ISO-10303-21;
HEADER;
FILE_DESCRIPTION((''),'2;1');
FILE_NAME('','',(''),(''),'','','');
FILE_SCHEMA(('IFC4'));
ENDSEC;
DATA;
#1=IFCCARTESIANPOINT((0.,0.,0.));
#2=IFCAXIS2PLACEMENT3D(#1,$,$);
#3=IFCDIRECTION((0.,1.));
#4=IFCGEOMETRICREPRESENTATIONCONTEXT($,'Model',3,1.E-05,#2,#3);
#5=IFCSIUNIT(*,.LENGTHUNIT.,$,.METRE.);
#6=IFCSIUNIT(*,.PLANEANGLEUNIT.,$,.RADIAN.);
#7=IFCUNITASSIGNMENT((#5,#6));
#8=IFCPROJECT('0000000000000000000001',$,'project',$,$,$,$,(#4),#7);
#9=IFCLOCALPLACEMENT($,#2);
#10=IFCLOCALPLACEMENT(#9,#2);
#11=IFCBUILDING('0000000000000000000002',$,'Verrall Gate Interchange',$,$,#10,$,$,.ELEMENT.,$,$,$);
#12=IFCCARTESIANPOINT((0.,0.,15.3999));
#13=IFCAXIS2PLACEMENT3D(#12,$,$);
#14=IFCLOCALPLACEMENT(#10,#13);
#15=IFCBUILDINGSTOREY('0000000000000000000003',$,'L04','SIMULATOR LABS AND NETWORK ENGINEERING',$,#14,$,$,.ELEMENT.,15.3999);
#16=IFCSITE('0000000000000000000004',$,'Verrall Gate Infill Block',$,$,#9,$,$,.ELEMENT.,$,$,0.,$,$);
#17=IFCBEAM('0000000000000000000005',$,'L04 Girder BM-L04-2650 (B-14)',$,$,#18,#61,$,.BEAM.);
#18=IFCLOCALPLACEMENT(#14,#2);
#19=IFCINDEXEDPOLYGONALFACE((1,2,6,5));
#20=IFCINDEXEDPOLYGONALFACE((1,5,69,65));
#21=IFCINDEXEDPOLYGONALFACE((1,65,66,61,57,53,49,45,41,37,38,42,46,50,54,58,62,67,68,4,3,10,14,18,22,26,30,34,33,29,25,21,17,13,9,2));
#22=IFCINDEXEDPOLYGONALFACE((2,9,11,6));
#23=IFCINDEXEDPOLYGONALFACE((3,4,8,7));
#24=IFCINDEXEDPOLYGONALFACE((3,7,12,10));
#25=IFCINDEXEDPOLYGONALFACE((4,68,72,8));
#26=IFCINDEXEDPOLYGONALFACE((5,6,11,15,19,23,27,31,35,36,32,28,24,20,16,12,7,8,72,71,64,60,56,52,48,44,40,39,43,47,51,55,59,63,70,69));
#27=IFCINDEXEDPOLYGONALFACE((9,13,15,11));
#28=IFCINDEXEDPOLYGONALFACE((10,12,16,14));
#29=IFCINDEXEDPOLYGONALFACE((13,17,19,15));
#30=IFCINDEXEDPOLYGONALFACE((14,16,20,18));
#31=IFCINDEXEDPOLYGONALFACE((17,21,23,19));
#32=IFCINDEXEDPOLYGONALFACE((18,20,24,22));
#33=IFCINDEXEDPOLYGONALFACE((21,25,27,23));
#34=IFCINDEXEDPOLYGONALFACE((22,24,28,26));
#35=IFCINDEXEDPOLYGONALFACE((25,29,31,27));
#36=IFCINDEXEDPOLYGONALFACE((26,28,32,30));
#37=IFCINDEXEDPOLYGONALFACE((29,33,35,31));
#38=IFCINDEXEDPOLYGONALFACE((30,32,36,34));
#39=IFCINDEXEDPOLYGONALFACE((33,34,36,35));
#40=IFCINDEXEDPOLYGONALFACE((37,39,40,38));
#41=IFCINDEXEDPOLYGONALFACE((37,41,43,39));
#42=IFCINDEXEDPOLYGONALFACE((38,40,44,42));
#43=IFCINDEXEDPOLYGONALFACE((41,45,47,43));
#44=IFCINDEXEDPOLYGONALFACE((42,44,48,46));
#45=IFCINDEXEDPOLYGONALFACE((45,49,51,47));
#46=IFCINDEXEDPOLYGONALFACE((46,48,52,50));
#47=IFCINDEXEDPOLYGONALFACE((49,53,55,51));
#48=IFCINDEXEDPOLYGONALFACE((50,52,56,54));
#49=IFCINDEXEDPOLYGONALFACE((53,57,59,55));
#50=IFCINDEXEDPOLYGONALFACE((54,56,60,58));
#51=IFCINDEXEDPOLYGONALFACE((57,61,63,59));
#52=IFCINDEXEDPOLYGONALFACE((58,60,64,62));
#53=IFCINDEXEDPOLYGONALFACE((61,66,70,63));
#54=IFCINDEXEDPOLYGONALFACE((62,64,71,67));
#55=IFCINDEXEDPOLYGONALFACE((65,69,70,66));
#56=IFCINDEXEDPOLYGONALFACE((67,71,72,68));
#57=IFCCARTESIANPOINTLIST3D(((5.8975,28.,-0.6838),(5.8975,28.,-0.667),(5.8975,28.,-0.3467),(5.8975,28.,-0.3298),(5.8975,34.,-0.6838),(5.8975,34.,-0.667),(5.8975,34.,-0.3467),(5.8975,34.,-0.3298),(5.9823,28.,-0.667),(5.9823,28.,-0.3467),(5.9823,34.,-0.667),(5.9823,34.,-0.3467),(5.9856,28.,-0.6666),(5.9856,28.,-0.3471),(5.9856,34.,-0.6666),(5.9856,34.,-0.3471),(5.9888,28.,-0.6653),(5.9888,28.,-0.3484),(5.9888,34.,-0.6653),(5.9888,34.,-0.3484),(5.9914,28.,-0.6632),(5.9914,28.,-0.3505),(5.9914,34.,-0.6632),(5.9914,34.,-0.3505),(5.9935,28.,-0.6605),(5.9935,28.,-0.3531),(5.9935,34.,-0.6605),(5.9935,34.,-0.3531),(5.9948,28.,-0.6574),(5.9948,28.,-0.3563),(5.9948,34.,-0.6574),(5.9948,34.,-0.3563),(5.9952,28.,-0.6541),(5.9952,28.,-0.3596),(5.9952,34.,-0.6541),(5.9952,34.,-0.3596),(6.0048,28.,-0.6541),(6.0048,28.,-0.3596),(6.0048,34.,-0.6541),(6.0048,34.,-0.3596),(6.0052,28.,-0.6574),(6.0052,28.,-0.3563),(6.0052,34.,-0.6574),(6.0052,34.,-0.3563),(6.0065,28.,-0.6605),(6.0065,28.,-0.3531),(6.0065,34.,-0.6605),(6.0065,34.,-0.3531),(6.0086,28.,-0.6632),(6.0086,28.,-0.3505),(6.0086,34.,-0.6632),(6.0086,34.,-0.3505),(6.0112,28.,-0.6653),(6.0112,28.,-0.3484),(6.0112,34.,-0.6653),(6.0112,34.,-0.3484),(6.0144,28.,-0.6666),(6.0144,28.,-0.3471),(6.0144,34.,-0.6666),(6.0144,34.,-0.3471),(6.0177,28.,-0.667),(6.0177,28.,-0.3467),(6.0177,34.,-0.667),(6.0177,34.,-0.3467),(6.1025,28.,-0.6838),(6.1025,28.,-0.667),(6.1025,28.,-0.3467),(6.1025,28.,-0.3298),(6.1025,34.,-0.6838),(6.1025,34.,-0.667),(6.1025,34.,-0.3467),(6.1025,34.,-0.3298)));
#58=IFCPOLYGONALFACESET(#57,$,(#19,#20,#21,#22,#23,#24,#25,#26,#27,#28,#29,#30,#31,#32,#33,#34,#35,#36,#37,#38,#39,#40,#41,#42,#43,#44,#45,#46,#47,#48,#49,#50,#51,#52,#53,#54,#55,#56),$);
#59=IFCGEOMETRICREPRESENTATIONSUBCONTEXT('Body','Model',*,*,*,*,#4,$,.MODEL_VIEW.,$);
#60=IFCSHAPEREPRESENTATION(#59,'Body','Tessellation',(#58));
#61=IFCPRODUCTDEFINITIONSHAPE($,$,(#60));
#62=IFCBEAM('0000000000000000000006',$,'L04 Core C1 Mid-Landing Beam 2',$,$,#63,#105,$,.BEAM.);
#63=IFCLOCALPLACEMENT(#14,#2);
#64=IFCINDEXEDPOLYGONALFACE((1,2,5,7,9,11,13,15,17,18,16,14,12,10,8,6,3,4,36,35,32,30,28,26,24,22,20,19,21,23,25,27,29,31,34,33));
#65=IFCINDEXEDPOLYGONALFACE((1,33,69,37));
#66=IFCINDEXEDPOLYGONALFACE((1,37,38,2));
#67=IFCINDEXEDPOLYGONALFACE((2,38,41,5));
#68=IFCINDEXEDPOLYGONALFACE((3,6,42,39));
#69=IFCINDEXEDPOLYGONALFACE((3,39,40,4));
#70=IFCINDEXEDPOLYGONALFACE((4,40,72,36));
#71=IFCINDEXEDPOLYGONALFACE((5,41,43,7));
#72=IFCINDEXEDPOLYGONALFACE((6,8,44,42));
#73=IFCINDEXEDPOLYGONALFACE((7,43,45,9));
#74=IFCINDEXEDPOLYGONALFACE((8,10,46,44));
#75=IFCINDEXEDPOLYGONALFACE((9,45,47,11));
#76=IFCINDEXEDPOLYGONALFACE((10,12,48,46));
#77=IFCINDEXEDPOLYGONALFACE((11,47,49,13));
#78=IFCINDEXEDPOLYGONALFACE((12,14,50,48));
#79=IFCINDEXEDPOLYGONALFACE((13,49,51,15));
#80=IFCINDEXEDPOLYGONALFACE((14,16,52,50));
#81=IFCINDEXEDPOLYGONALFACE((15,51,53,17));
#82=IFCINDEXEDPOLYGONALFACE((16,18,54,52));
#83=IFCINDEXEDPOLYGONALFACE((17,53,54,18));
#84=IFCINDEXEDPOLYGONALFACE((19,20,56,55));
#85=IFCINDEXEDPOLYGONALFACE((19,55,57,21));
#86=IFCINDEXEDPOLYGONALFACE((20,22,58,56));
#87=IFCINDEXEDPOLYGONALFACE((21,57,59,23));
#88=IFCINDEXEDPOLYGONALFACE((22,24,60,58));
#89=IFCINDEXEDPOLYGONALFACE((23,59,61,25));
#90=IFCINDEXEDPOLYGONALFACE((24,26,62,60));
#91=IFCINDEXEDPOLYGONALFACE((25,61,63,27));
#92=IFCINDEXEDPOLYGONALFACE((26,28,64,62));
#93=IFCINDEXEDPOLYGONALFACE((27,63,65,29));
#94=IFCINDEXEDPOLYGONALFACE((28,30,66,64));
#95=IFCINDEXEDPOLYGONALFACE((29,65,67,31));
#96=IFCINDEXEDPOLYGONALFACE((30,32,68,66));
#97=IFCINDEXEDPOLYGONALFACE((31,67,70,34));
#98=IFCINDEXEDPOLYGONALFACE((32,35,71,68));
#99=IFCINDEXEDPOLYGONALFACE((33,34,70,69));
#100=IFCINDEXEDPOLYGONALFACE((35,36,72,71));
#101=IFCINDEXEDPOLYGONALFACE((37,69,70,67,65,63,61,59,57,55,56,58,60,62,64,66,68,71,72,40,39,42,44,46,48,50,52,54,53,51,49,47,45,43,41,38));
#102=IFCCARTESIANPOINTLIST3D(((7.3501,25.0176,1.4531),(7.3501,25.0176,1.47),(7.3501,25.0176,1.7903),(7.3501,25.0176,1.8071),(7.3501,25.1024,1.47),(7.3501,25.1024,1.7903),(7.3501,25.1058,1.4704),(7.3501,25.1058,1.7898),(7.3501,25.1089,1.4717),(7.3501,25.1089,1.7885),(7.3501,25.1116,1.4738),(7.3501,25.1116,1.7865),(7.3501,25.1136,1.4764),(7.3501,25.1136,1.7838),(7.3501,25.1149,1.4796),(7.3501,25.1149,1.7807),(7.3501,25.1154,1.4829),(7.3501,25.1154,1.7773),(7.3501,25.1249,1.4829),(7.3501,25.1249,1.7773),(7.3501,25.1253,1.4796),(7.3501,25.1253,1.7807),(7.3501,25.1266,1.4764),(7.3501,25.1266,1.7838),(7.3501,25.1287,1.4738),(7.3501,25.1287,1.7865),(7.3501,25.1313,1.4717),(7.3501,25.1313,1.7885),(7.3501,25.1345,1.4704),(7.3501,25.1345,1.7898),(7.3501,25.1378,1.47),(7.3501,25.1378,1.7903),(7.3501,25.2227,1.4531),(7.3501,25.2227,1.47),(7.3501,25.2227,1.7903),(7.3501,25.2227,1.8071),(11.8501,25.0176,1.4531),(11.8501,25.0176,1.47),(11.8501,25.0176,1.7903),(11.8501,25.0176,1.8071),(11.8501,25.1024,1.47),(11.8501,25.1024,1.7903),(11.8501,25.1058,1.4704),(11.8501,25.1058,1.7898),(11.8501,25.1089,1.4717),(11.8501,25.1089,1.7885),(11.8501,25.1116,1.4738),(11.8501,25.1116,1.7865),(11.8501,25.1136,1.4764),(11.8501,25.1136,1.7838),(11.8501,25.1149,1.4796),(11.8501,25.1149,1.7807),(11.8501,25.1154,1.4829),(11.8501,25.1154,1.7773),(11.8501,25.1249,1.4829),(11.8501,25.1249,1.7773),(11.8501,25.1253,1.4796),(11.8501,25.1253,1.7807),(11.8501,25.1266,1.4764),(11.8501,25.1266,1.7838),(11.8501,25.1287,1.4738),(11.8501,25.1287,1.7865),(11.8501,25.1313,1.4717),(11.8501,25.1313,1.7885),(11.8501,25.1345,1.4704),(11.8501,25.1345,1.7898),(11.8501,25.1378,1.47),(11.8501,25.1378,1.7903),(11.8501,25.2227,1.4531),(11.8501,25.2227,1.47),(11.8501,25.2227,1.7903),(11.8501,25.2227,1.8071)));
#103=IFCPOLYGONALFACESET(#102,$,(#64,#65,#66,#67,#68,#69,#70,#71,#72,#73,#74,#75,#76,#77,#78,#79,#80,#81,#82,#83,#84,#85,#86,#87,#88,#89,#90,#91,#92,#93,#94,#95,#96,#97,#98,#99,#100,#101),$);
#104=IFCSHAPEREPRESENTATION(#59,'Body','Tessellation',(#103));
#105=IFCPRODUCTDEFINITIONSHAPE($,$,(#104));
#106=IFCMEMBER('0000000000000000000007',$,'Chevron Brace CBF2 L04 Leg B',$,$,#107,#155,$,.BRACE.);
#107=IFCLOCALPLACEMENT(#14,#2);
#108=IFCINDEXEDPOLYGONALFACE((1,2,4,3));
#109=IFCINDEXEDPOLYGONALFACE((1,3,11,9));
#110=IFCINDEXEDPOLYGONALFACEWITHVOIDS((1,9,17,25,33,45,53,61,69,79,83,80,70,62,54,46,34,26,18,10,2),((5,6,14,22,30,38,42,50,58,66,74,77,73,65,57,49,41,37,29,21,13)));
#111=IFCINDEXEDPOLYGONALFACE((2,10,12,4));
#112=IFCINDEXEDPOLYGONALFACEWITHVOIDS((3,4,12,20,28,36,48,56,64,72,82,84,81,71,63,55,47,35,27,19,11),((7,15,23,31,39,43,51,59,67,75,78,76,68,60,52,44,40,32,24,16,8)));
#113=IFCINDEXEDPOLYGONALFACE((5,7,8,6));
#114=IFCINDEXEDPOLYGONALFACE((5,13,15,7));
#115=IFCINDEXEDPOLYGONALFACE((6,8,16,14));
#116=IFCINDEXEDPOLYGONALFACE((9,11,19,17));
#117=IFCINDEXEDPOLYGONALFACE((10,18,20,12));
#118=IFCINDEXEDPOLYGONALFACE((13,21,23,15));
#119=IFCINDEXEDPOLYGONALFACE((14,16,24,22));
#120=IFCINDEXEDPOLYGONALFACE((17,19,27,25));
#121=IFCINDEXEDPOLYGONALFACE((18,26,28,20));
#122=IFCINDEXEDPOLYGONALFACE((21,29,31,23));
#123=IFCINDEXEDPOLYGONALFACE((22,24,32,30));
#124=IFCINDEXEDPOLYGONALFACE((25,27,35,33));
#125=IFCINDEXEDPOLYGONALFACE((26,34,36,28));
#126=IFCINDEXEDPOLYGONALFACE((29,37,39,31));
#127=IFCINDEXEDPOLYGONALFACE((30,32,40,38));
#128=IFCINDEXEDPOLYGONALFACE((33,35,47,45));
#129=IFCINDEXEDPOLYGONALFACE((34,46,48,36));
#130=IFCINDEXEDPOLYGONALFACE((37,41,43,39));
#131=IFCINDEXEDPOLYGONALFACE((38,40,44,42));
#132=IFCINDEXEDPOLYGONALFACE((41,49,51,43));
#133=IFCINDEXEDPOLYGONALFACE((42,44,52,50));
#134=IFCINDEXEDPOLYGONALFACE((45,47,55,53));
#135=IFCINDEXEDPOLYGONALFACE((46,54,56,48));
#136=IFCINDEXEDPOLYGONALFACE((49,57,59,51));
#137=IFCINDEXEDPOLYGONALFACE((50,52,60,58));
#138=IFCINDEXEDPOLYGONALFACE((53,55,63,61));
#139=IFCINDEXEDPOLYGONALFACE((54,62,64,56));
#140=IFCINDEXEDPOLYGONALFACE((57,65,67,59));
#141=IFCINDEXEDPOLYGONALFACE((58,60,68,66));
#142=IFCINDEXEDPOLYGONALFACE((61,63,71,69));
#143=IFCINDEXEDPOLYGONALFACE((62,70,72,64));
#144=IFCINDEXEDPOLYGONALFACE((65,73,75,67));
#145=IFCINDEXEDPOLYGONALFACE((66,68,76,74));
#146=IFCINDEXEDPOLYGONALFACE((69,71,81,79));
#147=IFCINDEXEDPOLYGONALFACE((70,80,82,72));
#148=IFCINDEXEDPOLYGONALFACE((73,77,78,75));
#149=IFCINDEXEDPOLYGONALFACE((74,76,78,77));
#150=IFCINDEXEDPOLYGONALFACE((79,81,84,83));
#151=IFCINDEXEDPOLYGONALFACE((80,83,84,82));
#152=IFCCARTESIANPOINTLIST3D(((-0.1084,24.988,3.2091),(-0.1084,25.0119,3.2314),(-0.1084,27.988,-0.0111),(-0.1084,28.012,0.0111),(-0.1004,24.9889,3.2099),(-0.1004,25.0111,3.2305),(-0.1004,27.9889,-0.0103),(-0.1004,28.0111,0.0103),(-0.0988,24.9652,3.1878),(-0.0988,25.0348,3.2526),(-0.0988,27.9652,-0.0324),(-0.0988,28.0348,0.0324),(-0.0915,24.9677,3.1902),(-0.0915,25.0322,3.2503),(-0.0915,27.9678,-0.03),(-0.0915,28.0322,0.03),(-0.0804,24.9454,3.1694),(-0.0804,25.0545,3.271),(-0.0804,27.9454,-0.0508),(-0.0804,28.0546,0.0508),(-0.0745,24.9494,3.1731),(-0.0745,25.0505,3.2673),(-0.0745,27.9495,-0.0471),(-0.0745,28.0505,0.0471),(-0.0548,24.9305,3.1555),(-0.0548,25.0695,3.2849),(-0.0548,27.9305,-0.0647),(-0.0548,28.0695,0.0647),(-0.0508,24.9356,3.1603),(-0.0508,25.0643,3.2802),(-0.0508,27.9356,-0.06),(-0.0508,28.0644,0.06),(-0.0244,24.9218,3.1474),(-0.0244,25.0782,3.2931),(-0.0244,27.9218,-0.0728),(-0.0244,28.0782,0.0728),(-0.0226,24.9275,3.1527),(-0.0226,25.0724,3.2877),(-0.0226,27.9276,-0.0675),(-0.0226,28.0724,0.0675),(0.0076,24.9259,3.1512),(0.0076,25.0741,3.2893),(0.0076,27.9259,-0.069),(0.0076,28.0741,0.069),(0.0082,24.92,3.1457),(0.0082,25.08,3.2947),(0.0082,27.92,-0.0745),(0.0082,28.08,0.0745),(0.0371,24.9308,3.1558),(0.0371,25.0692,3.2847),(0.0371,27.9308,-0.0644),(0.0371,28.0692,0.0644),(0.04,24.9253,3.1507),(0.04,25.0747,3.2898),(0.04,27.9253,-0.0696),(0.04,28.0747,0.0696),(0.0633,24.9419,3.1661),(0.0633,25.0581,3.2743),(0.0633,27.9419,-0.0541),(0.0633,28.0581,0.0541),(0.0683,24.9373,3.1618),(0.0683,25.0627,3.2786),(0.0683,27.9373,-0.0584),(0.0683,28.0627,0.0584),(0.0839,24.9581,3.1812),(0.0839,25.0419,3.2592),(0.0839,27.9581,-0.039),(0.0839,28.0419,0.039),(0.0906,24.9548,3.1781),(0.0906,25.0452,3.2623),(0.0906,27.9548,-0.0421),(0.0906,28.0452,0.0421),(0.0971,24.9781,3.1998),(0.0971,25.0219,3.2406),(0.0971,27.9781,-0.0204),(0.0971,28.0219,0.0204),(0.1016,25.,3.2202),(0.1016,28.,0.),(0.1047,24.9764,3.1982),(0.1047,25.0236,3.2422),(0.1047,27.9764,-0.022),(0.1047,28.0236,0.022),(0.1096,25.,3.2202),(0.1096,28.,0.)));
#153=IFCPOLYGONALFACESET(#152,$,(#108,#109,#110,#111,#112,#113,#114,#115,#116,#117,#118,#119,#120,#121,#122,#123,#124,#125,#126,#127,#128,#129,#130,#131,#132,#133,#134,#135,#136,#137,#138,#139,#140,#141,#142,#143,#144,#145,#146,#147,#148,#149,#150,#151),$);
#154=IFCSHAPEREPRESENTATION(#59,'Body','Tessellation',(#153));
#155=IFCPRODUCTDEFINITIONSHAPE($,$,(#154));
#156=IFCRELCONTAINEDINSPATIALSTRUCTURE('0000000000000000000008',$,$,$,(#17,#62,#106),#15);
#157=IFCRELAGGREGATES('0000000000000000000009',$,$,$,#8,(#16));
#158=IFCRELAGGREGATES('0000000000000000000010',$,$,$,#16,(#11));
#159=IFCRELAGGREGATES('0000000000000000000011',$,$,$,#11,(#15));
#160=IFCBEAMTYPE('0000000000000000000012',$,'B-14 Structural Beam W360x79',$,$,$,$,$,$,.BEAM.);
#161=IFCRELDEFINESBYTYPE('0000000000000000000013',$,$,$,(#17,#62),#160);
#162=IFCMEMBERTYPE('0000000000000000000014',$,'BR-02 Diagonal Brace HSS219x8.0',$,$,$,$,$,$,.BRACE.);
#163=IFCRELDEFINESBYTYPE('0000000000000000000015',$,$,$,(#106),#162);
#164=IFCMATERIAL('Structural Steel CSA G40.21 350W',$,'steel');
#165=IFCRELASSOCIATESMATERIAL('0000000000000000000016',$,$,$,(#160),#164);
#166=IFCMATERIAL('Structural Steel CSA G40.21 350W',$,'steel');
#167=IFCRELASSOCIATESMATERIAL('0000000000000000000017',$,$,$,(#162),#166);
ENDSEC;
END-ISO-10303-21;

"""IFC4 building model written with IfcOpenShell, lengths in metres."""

from ifc_helpers import new_model, si_unit, direction, frame, origin, origin_2d, place, context, subcontext, project, spatial, hollow_circle, i_section, extrude, material, material_profile, profile_set, type_object, element, save


model = new_model("IFC4")

# Units and contexts
model_context = context("Model", 3, precision=1e-05, world=origin(), true_north=direction((0.0, 1.0)))
body_context = subcontext(model_context, "Body", "Model", "MODEL_VIEW")
ifc_project = project(units=[si_unit("LENGTHUNIT", "METRE"), si_unit("PLANEANGLEUNIT", "RADIAN")], contexts=[model_context])

# Site, building, storey
site_placement = place(None, origin())
site = spatial("IfcSite", under=ifc_project, at=site_placement, Name="Verrall Gate Infill Block", CompositionType="ELEMENT", RefElevation=0.0)
building_placement = place(site_placement, origin())
building = spatial("IfcBuilding", under=site, at=building_placement, Name="Verrall Gate Interchange", CompositionType="ELEMENT")
storey_placement = place(building_placement, frame((0.0, 0.0, 15.3999)))
storey = spatial("IfcBuildingStorey", under=building, at=storey_placement, Name="L04", Description="SIMULATOR LABS AND NETWORK ENGINEERING", CompositionType="ELEMENT", Elevation=15.3999)

# Beams
ifc_material_1 = material(Name="Structural Steel CSA G40.21 350W", Category="steel")
ifc_material_profile_1 = material_profile(ifc_material_1, i_section(OverallWidth=0.2051, OverallDepth=0.354, WebThickness=0.0095, FlangeThickness=0.0168, FilletRadius=0.0129, at=origin_2d()), Name="W360x79")
ifc_profile_set_1 = profile_set([ifc_material_profile_1], Name="Structural Steel CSA G40.21 350W")
beam_type_1 = type_object("IfcBeamType", Name="B-14 Structural Beam W360x79", PredefinedType="BEAM", material=ifc_profile_set_1)
for number, where, z_axis, x_axis, name in (
    (1, (6.0, 28.0, -0.5068), (0.0, 1.0, 0.0), (-1.0, 0.0, 0.0), "L04 Girder BM-L04-2650 (B-14)"),
):
    element("IfcBeam", number, at=place(storey_placement, frame(where, z_axis=z_axis, x_axis=x_axis)), inside=storey, type_object=beam_type_1, Name=name, PredefinedType="BEAM", context=body_context, shape_type="SweptSolid", body=[
        extrude(i_section(OverallWidth=0.2051, OverallDepth=0.354, WebThickness=0.0095, FlangeThickness=0.0168, FilletRadius=0.0129, at=origin_2d()), origin(), (0.0, 0.0, 1.0), 6.0),
    ])
beam_1_placement = place(storey_placement, frame((7.3501, 25.1201, 1.6301), z_axis=(1.0, 0.0, 0.0), x_axis=(0.0, 1.0, 0.0)))
element("IfcBeam", 2, at=beam_1_placement, inside=storey, type_object=beam_type_1, Name="L04 Core C1 Mid-Landing Beam 2", PredefinedType="BEAM", context=body_context, shape_type="SweptSolid", body=[
    extrude(i_section(OverallWidth=0.2051, OverallDepth=0.354, WebThickness=0.0095, FlangeThickness=0.0168, FilletRadius=0.0129, at=origin_2d()), origin(), (0.0, 0.0, 1.0), 4.5),
])

# Member
ifc_material_2 = material(Name="Structural Steel CSA G40.21 350W", Category="steel")
ifc_material_profile_2 = material_profile(ifc_material_2, hollow_circle(Radius=0.1096, WallThickness=0.0081, at=origin_2d()), Name="HSS219x8.0")
ifc_profile_set_2 = profile_set([ifc_material_profile_2], Name="Structural Steel CSA G40.21 350W")
member_type = type_object("IfcMemberType", Name="BR-02 Diagonal Brace HSS219x8.0", PredefinedType="BRACE", material=ifc_profile_set_2)
member_placement = place(storey_placement, frame((0.0, 28.0, 0.0), z_axis=(0.0, -0.681646, 0.731682), x_axis=(1.0, 0.0, 0.0)))
element("IfcMember", 3, at=member_placement, inside=storey, type_object=member_type, Name="Chevron Brace CBF2 L04 Leg B", PredefinedType="BRACE", context=body_context, shape_type="SweptSolid", body=[
    extrude(hollow_circle(Radius=0.1096, WallThickness=0.0081, at=origin_2d()), origin(), (0.0, 0.0, 1.0), 4.4011),
])

save(model, "model.ifc")
